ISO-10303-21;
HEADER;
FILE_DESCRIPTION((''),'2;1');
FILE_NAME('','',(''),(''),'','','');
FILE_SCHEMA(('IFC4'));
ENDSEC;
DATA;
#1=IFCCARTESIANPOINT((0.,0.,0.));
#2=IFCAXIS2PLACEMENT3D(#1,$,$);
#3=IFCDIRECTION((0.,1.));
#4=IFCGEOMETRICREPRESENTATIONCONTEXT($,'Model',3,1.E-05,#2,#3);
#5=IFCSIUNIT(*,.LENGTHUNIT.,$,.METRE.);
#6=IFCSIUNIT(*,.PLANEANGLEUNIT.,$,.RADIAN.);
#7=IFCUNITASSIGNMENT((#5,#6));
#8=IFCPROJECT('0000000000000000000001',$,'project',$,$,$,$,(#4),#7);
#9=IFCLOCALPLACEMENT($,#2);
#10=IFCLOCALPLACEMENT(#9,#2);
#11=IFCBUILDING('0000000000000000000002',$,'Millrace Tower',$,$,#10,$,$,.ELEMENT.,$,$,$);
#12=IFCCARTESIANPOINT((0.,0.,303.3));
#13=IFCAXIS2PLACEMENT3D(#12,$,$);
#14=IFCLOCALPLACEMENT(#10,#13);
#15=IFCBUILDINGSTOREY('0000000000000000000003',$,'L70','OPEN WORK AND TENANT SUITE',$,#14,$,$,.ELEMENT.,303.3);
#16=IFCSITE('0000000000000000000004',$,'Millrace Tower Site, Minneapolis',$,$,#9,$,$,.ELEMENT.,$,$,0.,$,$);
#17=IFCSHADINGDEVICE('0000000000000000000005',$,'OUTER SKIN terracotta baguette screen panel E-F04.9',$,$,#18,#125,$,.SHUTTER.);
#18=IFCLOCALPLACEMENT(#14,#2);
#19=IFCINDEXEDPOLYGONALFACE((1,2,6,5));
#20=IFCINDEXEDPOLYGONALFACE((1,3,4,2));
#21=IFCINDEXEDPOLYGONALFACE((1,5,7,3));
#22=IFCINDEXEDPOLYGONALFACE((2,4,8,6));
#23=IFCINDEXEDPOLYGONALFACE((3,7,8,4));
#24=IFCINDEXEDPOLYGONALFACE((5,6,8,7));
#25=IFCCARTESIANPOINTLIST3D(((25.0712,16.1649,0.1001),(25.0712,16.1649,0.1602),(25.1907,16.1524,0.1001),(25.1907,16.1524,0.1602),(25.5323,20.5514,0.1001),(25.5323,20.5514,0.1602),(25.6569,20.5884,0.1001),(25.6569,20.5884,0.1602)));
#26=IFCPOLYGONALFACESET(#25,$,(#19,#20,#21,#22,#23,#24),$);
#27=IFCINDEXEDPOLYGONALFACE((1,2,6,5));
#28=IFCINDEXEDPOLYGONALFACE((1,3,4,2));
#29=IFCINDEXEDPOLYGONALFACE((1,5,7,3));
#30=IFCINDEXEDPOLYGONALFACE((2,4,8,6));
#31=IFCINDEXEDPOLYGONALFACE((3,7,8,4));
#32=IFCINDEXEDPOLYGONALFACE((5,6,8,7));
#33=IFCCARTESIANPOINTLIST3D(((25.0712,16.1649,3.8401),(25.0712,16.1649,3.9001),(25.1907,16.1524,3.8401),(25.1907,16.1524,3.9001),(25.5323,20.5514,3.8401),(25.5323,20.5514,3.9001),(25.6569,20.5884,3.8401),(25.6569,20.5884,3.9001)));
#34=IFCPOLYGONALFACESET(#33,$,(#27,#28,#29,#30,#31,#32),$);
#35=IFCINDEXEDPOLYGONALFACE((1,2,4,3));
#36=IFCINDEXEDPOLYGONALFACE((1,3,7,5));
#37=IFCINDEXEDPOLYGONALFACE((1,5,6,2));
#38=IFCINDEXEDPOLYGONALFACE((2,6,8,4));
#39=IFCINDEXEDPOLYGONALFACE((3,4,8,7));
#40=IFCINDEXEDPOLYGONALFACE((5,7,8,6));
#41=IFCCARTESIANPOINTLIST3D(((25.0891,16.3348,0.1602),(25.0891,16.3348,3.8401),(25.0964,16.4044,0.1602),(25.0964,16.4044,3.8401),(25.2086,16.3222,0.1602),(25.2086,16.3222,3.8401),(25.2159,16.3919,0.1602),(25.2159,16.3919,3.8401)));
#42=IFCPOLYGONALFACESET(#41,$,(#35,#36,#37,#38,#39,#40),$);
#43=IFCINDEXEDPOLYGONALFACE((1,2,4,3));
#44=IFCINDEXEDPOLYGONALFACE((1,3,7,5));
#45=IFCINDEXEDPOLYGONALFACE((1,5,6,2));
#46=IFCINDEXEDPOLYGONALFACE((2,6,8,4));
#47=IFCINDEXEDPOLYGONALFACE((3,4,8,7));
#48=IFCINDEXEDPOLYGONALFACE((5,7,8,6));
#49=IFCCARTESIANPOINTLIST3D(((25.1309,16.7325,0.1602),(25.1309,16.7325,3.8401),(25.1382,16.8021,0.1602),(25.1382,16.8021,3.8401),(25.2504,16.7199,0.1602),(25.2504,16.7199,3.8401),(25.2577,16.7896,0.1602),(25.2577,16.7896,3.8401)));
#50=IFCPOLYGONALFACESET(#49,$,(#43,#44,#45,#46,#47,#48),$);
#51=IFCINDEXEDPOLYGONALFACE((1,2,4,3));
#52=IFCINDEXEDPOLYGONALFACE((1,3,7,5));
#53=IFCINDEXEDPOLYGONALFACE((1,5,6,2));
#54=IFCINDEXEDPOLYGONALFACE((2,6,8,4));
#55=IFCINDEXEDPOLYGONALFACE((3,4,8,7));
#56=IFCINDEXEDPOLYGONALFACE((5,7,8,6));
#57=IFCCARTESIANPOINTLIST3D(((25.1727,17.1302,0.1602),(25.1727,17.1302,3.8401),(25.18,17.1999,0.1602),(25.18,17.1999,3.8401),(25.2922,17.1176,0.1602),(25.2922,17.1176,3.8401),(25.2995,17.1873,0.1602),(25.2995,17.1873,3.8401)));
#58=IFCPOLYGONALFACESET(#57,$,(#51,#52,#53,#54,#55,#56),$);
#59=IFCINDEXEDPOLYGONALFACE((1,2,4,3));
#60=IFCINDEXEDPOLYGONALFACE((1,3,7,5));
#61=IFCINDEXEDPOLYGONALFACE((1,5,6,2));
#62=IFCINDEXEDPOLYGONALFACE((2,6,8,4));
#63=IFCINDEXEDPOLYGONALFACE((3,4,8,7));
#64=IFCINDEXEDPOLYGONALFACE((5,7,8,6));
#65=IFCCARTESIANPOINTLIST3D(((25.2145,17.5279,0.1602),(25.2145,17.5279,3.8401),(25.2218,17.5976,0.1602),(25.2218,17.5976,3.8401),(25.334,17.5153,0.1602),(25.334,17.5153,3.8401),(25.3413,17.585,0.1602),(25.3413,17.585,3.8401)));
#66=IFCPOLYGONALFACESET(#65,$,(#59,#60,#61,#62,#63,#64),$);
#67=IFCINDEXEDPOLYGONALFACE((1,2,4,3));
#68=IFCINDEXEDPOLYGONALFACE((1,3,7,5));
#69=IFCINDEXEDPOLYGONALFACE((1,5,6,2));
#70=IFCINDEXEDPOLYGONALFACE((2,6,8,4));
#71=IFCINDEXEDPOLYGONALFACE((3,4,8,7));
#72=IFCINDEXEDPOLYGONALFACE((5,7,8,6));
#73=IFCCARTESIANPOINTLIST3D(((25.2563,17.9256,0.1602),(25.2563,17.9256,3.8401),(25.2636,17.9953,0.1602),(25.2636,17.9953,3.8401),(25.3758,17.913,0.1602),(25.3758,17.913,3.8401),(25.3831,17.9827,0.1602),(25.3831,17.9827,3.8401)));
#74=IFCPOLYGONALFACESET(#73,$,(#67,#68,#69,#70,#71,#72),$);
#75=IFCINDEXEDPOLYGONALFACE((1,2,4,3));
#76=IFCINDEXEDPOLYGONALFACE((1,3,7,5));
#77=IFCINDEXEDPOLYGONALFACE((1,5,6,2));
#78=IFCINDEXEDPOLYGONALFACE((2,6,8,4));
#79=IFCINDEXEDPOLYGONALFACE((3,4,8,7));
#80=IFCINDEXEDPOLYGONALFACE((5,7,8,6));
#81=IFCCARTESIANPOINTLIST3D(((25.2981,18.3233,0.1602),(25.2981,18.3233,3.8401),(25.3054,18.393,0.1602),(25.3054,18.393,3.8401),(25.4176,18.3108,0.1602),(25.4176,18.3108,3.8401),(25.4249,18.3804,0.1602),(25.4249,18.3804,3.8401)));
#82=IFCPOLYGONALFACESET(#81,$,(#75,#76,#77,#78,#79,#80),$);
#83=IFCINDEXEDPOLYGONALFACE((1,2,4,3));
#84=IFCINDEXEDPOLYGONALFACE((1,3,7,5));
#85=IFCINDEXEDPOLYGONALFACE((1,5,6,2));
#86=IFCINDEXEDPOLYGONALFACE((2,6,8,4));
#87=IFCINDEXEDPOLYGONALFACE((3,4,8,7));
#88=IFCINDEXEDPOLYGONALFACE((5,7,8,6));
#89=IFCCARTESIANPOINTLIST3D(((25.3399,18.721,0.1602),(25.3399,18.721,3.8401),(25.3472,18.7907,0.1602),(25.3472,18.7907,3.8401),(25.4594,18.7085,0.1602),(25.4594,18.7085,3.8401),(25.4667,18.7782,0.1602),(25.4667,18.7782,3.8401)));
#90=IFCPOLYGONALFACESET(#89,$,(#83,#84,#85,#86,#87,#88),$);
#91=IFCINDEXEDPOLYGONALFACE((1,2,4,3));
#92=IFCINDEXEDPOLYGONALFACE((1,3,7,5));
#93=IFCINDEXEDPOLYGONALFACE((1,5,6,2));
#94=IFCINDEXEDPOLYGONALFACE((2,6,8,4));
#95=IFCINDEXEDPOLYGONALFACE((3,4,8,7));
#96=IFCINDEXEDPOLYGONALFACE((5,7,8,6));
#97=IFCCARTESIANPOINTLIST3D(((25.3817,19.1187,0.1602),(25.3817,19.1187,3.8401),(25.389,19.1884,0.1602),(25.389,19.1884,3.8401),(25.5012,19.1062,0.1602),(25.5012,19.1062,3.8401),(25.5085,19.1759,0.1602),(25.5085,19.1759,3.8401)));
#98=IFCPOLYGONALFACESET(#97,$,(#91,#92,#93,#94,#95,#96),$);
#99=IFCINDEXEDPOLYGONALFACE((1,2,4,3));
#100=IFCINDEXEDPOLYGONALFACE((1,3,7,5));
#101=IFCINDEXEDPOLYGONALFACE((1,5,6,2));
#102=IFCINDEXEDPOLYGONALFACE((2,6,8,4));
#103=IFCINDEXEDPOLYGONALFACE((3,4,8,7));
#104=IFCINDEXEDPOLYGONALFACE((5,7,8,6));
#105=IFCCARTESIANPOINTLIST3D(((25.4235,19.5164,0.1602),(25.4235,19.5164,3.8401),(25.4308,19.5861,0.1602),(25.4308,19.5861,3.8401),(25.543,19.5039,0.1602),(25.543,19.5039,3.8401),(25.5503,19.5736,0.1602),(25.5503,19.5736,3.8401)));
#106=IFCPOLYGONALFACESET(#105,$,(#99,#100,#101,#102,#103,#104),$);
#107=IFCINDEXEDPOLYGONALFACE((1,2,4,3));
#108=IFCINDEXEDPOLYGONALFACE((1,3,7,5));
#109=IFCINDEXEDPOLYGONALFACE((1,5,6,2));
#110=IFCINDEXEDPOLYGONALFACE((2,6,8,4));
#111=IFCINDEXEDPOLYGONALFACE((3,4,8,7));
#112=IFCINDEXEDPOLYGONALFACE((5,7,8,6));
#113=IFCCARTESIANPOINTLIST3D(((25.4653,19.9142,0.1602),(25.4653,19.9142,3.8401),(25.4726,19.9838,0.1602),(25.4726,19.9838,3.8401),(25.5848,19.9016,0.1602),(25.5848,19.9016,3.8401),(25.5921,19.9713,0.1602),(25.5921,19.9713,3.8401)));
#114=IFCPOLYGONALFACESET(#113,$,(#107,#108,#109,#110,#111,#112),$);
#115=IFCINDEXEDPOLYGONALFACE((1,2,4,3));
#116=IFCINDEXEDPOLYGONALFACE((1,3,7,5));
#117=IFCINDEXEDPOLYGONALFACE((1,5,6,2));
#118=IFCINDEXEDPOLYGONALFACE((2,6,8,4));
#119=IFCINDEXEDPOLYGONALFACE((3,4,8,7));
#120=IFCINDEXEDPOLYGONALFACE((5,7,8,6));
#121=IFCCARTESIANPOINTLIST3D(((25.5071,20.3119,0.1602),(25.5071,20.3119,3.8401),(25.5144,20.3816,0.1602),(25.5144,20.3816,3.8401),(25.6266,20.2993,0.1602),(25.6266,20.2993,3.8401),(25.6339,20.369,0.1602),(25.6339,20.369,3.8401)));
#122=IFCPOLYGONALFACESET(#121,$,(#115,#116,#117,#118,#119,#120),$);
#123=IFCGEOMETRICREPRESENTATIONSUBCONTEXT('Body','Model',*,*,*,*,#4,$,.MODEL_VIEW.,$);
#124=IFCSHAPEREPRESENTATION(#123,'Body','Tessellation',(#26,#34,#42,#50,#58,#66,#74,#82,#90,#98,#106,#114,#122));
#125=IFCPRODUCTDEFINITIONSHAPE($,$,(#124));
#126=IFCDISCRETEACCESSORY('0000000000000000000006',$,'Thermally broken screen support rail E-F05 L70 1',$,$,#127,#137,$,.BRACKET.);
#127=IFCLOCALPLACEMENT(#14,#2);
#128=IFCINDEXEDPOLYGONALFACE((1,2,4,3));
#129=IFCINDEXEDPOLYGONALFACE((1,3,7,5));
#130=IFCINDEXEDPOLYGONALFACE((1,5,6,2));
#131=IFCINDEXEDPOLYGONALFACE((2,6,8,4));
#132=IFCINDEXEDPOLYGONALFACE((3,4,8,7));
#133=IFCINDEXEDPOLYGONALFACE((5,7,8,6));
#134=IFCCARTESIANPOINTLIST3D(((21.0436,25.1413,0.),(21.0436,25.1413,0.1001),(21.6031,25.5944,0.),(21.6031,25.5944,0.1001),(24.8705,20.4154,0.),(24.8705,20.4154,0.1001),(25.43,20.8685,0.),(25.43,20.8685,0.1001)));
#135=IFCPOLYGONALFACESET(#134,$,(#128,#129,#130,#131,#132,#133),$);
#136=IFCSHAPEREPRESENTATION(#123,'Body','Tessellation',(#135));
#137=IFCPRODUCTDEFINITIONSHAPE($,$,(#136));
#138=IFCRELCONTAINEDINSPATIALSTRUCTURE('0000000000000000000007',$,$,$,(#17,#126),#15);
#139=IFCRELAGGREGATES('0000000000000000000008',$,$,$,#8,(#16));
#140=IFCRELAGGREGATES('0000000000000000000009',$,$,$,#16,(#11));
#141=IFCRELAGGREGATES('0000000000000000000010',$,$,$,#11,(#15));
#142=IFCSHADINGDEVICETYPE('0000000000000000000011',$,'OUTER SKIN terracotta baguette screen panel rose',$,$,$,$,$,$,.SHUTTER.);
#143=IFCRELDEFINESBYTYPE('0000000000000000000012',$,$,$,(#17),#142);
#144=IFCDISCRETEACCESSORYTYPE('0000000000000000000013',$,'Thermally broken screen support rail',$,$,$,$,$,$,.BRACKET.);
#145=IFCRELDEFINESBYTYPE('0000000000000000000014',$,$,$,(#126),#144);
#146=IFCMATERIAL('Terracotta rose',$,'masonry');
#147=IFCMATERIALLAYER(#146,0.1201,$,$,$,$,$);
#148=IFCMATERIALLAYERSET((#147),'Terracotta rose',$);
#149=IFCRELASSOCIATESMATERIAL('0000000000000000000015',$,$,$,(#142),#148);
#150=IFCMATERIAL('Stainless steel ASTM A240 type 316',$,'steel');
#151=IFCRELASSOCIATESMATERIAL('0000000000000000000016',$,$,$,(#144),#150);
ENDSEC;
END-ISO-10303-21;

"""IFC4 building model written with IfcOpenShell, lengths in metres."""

from ifc_helpers import new_model, entity, si_unit, direction, frame, frame_2d, origin, origin_2d, place, context, subcontext, project, spatial, rectangle, extrude, source, transform, mapped, material, layer, layer_set, type_object, element, save


model = new_model("IFC4")

# Units and contexts
model_context = context("Model", 3, precision=1e-05, world=origin(), true_north=direction((0.0, 1.0)))
body_context = subcontext(model_context, "Body", "Model", "MODEL_VIEW")
ifc_project = project(units=[si_unit("LENGTHUNIT", "METRE"), si_unit("PLANEANGLEUNIT", "RADIAN")], contexts=[model_context])

# Site, building, storey
site_placement = place(None, origin())
site = spatial("IfcSite", under=ifc_project, at=site_placement, Name="Millrace Tower Site, Minneapolis", CompositionType="ELEMENT", RefElevation=0.0)
building_placement = place(site_placement, origin())
building = spatial("IfcBuilding", under=site, at=building_placement, Name="Millrace Tower", CompositionType="ELEMENT")
storey_placement = place(building_placement, frame((0.0, 0.0, 303.3)))
storey = spatial("IfcBuildingStorey", under=building, at=storey_placement, Name="L70", Description="OPEN WORK AND TENANT SUITE", CompositionType="ELEMENT", Elevation=303.3)

# Shading device
ifc_material_1 = material(Name="Terracotta rose", Category="masonry")
ifc_layer_1 = layer(ifc_material_1, 0.1201)
ifc_layer_set_1 = layer_set([ifc_layer_1], Name="Terracotta rose")
shading_device_type = type_object("IfcShadingDeviceType", Name="OUTER SKIN terracotta baguette screen panel rose", PredefinedType="SHUTTER", material=ifc_layer_set_1)
cartesian_point_1 = entity("IfcCartesianPoint", [-2.2178, 0.0601])
shared_polyline_1 = entity("IfcPolyline", [cartesian_point_1, entity("IfcCartesianPoint", [2.1929, 0.0601]), entity("IfcCartesianPoint", [2.2427, -0.0601]), entity("IfcCartesianPoint", [-2.2178, -0.0601]), cartesian_point_1])
shared_shape_1 = source(origin(), body_context, "Body", "SweptSolid", [
    entity("IfcExtrudedAreaSolid", entity("IfcArbitraryClosedProfileDef", "AREA", None, shared_polyline_1), entity("IfcAxis2Placement3D", entity("IfcCartesianPoint", [0.0, 0.0, 0.0])), entity("IfcDirection", [0.0, 0.0, 1.0]), 0.0601),
    entity("IfcExtrudedAreaSolid", entity("IfcArbitraryClosedProfileDef", "AREA", None, shared_polyline_1), entity("IfcAxis2Placement3D", entity("IfcCartesianPoint", [0.0, 0.0, 3.74])), entity("IfcDirection", [0.0, 0.0, 1.0]), 0.0601),
    extrude(rectangle(XDim=0.0701, YDim=0.1201, at=frame_2d((-2.012, 0.0))), frame((0.0, 0.0, 0.0601)), (0.0, 0.0, 1.0), 3.6799),
    extrude(rectangle(XDim=0.0701, YDim=0.1201, at=frame_2d((-1.6121, 0.0))), frame((0.0, 0.0, 0.0601)), (0.0, 0.0, 1.0), 3.6799),
    extrude(rectangle(XDim=0.0701, YDim=0.1201, at=frame_2d((-1.2122, 0.0))), frame((0.0, 0.0, 0.0601)), (0.0, 0.0, 1.0), 3.6799),
    extrude(rectangle(XDim=0.0701, YDim=0.1201, at=frame_2d((-0.8123, 0.0))), frame((0.0, 0.0, 0.0601)), (0.0, 0.0, 1.0), 3.6799),
    extrude(rectangle(XDim=0.0701, YDim=0.1201, at=frame_2d((-0.4124, 0.0))), frame((0.0, 0.0, 0.0601)), (0.0, 0.0, 1.0), 3.6799),
    extrude(rectangle(XDim=0.0701, YDim=0.1201, at=frame_2d((-0.0125, 0.0))), frame((0.0, 0.0, 0.0601)), (0.0, 0.0, 1.0), 3.6799),
    extrude(rectangle(XDim=0.0701, YDim=0.1201, at=frame_2d((0.3875, 0.0))), frame((0.0, 0.0, 0.0601)), (0.0, 0.0, 1.0), 3.6799),
    extrude(rectangle(XDim=0.0701, YDim=0.1201, at=frame_2d((0.7874, 0.0))), frame((0.0, 0.0, 0.0601)), (0.0, 0.0, 1.0), 3.6799),
    extrude(rectangle(XDim=0.0701, YDim=0.1201, at=frame_2d((1.1873, 0.0))), frame((0.0, 0.0, 0.0601)), (0.0, 0.0, 1.0), 3.6799),
    extrude(rectangle(XDim=0.0701, YDim=0.1201, at=frame_2d((1.5872, 0.0))), frame((0.0, 0.0, 0.0601)), (0.0, 0.0, 1.0), 3.6799),
    extrude(rectangle(XDim=0.0701, YDim=0.1201, at=frame_2d((1.9871, 0.0))), frame((0.0, 0.0, 0.0601)), (0.0, 0.0, 1.0), 3.6799),
])
shading_device_1_placement = place(storey_placement, frame((25.3628, 18.3643, 0.1001), z_axis=(0.0, 0.0, 1.0), x_axis=(0.104528, 0.994522, 0.0)))
element("IfcShadingDevice", 1, at=shading_device_1_placement, inside=storey, type_object=shading_device_type, Name="OUTER SKIN terracotta baguette screen panel E-F04.9", PredefinedType="SHUTTER", context=body_context, shape_type="MappedRepresentation", body=[
    mapped(shared_shape_1, transform((0.0, 0.0, 0.0), scale=1.0)),
])

# Discrete accessory
ifc_material_2 = material(Name="Stainless steel ASTM A240 type 316", Category="steel")
discrete_accessory_type = type_object("IfcDiscreteAccessoryType", Name="Thermally broken screen support rail", PredefinedType="BRACKET", material=ifc_material_2)
discrete_accessory_placement = place(storey_placement, frame((23.2368, 23.0049, 0.0), z_axis=(0.0, 0.0, 1.0), x_axis=(-0.62932, 0.777146, 0.0)))
element("IfcDiscreteAccessory", 2, at=discrete_accessory_placement, inside=storey, type_object=discrete_accessory_type, Name="Thermally broken screen support rail E-F05 L70 1", PredefinedType="BRACKET", context=body_context, shape_type="SweptSolid", body=[
    extrude(rectangle(XDim=6.0811, YDim=0.72, at=origin_2d()), origin(), (0.0, 0.0, 1.0), 0.1001),
])

save(model, "model.ifc")
